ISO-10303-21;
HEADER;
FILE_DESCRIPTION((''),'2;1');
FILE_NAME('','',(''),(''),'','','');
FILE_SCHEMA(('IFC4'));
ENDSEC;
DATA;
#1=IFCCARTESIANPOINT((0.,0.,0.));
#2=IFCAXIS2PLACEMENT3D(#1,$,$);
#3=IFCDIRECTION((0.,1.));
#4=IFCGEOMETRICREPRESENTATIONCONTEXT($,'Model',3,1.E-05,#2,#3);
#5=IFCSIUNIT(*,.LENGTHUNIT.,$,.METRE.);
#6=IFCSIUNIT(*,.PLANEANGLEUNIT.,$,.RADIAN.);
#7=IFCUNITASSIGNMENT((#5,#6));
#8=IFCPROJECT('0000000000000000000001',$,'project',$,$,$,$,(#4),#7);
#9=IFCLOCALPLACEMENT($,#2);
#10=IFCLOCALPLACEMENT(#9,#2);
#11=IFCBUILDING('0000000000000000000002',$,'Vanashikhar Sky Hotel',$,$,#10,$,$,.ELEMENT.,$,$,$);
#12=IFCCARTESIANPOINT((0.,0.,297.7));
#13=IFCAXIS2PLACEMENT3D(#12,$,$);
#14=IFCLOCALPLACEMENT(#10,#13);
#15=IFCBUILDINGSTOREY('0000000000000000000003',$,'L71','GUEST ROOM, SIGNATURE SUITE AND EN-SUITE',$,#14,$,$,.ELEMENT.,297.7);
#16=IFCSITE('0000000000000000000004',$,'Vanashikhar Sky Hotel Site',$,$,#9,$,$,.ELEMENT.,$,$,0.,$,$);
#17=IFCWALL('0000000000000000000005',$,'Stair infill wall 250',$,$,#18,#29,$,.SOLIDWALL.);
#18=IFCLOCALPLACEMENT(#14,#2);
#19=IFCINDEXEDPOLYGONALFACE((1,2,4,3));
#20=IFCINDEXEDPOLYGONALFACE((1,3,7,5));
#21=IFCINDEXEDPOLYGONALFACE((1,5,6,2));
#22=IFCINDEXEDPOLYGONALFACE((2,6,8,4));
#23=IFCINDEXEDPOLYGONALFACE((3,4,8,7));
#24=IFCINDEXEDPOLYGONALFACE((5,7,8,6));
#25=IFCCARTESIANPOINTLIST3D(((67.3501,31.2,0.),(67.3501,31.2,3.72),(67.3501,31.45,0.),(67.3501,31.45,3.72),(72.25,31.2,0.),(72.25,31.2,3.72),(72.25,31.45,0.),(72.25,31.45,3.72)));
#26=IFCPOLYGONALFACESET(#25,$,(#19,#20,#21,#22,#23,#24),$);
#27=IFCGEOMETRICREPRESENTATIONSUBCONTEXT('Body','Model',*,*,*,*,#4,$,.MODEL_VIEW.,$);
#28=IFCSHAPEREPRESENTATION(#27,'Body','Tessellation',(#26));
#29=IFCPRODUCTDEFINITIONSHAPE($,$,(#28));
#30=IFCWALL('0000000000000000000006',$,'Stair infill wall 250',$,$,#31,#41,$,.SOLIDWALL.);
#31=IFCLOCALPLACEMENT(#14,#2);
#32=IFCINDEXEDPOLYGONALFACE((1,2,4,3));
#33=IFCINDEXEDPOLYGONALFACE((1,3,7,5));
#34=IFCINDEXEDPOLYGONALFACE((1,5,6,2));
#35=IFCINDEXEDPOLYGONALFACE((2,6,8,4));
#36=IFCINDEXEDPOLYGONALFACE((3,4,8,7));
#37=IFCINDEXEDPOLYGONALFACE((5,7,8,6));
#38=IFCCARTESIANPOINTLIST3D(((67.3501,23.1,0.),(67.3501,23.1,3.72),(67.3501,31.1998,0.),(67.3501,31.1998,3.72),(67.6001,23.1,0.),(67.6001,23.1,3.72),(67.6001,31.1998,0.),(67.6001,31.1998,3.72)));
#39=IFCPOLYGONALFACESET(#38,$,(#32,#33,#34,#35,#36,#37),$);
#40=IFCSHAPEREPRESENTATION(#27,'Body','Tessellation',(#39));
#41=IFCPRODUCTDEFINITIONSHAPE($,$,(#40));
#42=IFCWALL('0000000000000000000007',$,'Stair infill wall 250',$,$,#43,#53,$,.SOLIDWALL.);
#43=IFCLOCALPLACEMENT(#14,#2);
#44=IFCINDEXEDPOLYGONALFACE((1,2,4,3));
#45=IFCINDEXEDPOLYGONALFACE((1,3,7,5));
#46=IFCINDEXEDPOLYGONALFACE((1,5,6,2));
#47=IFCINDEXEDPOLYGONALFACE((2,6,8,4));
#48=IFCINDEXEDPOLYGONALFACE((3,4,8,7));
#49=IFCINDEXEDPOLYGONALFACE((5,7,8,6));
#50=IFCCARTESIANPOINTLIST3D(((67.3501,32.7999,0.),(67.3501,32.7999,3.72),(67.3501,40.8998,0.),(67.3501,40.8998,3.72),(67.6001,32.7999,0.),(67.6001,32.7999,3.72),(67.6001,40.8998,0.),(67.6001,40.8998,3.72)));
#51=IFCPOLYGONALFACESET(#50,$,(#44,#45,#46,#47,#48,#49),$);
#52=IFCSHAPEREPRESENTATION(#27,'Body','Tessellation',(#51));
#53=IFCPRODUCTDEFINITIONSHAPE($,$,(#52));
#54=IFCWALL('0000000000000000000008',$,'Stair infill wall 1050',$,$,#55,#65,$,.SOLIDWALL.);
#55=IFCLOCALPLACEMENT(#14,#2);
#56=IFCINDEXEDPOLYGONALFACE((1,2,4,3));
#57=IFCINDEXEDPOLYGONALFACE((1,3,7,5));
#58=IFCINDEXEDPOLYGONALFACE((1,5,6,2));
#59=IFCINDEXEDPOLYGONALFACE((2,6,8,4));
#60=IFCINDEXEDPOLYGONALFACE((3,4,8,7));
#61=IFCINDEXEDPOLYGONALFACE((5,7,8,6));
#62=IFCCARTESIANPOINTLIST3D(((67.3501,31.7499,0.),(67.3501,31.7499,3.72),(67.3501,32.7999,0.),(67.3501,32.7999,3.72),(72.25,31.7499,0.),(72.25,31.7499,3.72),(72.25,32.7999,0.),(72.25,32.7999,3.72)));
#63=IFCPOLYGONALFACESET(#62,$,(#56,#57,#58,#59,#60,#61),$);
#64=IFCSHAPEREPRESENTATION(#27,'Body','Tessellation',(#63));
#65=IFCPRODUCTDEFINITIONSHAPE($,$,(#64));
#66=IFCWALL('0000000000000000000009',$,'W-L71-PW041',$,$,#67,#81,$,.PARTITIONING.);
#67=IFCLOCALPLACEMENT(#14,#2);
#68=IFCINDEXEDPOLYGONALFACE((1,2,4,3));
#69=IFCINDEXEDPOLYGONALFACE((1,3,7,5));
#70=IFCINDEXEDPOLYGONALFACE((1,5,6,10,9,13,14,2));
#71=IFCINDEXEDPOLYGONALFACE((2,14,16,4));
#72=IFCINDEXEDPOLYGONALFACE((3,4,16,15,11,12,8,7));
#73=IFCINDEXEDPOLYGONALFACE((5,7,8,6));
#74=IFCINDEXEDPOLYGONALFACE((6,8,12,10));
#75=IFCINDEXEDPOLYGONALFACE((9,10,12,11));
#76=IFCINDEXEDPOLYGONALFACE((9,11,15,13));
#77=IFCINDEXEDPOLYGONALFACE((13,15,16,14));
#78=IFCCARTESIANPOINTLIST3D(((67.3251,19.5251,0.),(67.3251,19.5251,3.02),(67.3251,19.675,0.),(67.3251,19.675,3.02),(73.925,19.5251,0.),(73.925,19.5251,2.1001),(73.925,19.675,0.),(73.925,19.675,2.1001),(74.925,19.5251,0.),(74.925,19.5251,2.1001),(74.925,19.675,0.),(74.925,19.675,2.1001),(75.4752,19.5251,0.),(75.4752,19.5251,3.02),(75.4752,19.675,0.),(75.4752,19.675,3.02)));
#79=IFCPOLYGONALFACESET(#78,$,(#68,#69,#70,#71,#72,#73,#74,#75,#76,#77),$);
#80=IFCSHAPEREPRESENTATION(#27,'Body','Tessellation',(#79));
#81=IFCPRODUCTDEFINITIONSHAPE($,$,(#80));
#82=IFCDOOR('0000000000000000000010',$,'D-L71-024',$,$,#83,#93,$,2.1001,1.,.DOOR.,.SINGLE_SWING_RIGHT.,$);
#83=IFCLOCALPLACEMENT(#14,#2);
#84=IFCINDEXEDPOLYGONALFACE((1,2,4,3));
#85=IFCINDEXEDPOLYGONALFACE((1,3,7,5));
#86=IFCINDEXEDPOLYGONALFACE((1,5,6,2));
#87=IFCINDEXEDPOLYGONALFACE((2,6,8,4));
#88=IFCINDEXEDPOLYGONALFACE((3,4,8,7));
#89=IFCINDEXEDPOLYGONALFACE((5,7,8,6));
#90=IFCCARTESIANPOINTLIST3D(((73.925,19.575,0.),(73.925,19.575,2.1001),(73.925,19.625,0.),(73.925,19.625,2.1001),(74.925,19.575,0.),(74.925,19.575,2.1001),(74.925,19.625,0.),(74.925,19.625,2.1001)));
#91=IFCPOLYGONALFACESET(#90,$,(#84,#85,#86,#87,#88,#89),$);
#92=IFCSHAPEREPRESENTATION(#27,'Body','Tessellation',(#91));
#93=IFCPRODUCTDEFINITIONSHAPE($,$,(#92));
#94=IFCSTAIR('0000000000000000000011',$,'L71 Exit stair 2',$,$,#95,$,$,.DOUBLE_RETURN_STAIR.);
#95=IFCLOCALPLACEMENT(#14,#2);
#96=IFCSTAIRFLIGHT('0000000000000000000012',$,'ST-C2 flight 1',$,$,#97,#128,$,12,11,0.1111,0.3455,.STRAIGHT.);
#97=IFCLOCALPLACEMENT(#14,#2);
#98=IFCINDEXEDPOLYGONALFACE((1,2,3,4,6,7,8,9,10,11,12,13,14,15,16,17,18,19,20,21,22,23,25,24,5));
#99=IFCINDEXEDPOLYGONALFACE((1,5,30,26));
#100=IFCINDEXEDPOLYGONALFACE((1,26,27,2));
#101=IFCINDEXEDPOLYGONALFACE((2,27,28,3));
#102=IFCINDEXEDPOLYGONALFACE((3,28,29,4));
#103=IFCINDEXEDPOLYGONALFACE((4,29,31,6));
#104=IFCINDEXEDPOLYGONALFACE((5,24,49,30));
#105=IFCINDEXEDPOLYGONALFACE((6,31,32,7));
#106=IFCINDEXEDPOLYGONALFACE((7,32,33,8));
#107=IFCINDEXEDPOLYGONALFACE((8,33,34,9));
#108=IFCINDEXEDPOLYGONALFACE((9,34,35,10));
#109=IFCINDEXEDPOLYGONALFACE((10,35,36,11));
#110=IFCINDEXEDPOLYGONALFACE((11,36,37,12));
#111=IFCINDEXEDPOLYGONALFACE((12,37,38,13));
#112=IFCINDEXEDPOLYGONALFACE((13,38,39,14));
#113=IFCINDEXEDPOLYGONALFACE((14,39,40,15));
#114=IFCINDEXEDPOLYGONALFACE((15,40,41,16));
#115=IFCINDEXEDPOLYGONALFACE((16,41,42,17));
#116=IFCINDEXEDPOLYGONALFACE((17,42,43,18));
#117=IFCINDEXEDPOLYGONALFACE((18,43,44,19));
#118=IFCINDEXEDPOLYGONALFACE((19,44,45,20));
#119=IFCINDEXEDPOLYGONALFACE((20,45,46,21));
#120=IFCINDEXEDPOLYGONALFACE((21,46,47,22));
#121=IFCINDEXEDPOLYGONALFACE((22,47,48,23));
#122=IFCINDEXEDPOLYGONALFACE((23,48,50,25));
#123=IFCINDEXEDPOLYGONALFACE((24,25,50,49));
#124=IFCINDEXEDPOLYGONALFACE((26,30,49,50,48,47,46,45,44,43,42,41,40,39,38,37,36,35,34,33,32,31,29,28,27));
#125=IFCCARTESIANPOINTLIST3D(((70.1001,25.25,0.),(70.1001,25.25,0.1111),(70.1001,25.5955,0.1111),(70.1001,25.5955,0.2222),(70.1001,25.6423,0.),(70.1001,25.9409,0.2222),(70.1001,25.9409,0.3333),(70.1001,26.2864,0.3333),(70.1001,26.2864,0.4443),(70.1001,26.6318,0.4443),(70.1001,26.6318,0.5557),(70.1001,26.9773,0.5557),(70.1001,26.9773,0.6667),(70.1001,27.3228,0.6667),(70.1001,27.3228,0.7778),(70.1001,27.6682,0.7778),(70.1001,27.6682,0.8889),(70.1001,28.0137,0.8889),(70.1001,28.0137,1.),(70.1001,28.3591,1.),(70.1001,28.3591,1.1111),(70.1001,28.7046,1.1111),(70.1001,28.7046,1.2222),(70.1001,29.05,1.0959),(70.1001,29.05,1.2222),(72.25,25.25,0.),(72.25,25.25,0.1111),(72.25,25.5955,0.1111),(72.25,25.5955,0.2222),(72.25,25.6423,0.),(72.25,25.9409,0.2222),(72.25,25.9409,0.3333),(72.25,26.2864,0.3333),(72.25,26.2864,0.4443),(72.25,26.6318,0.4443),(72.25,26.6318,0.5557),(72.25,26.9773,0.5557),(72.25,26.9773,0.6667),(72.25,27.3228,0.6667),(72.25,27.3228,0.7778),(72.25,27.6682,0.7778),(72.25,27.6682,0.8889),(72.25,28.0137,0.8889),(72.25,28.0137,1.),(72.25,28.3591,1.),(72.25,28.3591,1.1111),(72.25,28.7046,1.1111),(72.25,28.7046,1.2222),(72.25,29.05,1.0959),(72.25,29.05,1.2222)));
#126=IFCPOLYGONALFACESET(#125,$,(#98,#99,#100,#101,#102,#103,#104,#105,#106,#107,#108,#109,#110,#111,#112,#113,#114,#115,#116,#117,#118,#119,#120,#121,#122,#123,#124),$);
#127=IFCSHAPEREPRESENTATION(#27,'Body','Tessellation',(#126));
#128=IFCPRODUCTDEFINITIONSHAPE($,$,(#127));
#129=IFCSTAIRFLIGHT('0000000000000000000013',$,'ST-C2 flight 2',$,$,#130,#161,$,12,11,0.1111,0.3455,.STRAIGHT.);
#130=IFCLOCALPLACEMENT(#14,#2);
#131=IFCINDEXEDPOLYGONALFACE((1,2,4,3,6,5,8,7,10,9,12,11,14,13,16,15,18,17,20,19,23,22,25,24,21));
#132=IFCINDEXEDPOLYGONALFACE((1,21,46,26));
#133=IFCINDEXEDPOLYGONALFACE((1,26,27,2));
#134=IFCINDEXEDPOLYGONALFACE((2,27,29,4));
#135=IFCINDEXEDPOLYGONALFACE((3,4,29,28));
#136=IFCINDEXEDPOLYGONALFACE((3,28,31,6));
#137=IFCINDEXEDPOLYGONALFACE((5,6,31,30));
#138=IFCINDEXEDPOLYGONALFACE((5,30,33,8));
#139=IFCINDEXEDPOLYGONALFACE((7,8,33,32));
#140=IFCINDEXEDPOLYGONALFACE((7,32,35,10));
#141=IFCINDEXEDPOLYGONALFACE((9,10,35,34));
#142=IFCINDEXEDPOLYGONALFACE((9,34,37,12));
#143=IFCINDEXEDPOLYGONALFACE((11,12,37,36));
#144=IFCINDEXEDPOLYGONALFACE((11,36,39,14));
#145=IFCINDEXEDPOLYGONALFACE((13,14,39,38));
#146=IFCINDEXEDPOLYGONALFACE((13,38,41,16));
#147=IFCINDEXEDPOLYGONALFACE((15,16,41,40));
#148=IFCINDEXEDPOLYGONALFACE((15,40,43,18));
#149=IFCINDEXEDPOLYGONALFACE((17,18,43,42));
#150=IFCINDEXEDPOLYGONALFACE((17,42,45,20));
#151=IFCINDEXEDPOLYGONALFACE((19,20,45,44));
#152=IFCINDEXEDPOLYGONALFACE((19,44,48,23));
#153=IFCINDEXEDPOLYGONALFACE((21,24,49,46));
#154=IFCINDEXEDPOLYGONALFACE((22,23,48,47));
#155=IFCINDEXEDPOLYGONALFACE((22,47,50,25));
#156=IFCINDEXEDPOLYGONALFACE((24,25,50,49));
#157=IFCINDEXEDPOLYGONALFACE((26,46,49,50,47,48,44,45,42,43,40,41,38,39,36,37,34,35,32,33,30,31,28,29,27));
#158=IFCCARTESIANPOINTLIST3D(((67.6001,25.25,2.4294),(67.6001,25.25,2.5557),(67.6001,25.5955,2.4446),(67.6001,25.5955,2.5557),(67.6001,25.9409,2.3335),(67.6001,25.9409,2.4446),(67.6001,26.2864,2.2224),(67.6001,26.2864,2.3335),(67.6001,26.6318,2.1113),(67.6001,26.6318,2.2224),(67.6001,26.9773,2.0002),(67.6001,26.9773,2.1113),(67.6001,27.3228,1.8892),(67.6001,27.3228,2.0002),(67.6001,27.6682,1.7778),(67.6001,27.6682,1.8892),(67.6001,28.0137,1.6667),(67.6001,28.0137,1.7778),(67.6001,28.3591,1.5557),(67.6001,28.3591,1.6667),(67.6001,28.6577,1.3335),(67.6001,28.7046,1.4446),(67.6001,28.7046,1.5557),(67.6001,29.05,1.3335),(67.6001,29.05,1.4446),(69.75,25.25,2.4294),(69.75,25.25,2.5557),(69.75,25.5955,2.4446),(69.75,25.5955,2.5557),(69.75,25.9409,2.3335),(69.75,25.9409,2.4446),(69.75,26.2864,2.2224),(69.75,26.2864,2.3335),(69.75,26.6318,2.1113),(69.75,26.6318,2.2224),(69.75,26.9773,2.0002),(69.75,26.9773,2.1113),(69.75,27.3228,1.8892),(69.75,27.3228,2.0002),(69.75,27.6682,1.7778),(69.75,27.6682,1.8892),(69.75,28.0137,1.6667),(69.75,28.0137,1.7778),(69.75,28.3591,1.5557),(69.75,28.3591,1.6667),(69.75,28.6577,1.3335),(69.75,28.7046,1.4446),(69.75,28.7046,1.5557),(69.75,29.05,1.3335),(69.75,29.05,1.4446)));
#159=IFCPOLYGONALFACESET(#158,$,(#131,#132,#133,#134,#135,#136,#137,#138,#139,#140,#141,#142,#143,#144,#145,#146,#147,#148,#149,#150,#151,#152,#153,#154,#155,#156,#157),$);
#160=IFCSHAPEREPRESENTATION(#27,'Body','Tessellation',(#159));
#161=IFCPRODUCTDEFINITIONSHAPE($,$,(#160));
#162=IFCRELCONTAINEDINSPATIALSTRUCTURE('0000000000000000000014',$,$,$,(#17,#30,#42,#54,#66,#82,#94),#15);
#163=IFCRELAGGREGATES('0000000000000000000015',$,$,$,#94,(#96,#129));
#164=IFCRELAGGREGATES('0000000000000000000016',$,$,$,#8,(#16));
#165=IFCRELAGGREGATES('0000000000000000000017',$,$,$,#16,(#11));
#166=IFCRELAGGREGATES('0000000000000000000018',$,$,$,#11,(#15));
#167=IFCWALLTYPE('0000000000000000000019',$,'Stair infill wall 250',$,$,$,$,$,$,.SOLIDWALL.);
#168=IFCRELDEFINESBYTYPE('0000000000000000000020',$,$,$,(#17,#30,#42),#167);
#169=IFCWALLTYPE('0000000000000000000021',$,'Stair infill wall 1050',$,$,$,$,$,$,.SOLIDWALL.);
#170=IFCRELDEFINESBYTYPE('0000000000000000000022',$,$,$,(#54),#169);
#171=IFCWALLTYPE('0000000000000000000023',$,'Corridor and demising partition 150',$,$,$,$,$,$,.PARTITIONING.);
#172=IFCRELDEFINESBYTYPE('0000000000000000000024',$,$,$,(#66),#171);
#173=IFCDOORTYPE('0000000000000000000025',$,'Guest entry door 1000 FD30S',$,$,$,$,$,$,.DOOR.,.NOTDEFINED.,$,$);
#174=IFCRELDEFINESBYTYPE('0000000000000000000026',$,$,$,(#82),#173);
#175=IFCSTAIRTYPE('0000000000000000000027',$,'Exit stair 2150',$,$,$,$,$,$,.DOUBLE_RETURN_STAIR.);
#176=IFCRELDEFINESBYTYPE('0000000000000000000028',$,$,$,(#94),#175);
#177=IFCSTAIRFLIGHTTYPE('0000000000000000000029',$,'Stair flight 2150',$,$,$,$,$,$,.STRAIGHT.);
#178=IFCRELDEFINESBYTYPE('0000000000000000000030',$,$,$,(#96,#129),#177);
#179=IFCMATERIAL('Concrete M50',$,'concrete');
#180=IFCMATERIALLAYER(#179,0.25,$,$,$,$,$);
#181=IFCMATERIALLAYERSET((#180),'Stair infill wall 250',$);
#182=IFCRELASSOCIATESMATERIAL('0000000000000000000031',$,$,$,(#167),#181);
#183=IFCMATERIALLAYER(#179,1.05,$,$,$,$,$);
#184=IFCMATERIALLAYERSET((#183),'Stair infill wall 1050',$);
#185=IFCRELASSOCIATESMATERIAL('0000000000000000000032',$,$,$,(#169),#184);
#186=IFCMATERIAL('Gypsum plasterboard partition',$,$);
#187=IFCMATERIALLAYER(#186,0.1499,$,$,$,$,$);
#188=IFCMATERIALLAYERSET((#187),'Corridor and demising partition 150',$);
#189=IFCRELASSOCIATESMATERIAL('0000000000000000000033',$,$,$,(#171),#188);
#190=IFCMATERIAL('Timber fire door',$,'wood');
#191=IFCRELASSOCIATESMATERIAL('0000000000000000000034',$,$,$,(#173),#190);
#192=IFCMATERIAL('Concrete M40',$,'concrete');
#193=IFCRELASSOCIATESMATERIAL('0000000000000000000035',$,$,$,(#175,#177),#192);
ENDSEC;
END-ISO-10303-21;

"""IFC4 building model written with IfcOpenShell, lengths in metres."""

from ifc_helpers import new_model, si_unit, direction, frame, frame_2d, origin, place, context, subcontext, project, spatial, polyline, rectangle, outline, extrude, source, transform, mapped, material, layer, layer_set, type_object, element, fill, aggregate, save


model = new_model("IFC4")

# Units and contexts
model_context = context("Model", 3, precision=1e-05, world=origin(), true_north=direction((0.0, 1.0)))
body_context = subcontext(model_context, "Body", "Model", "MODEL_VIEW")
ifc_project = project(units=[si_unit("LENGTHUNIT", "METRE"), si_unit("PLANEANGLEUNIT", "RADIAN")], contexts=[model_context])

# Site, building, storey
site_placement = place(None, origin())
site = spatial("IfcSite", under=ifc_project, at=site_placement, Name="Vanashikhar Sky Hotel Site", CompositionType="ELEMENT", RefElevation=0.0)
building_placement = place(site_placement, origin())
building = spatial("IfcBuilding", under=site, at=building_placement, Name="Vanashikhar Sky Hotel", CompositionType="ELEMENT")
storey_placement = place(building_placement, frame((0.0, 0.0, 297.7)))
storey = spatial("IfcBuildingStorey", under=building, at=storey_placement, Name="L71", Description="GUEST ROOM, SIGNATURE SUITE AND EN-SUITE", CompositionType="ELEMENT", Elevation=297.7)

# Shared definitions
ifc_material_1 = material(Name="Concrete M50", Category="concrete")

# Walls
ifc_layer_1 = layer(ifc_material_1, 0.25)
ifc_layer_set_1 = layer_set([ifc_layer_1], Name="Stair infill wall 250")
wall_type_1 = type_object("IfcWallType", Name="Stair infill wall 250", PredefinedType="SOLIDWALL", material=ifc_layer_set_1)
shared_shape_1 = source(origin(), body_context, "Body", "SweptSolid", [
    extrude(rectangle(XDim=4.8999, YDim=0.25, at=frame_2d((2.45, 0.0))), origin(), (0.0, 0.0, 1.0), 3.72),
])
wall_1_placement = place(storey_placement, frame((67.3501, 31.325, 0.0), z_axis=(0.0, 0.0, 1.0), x_axis=(1.0, 0.0, 0.0)))
element("IfcWall", 1, at=wall_1_placement, inside=storey, type_object=wall_type_1, Name="Stair infill wall 250", PredefinedType="SOLIDWALL", context=body_context, shape_type="MappedRepresentation", body=[
    mapped(shared_shape_1, transform((0.0, 0.0, 0.0), scale=1.0)),
])
shared_shape_2 = source(origin(), body_context, "Body", "SweptSolid", [
    extrude(rectangle(XDim=8.0999, YDim=0.25, at=frame_2d((4.0498, 0.0))), origin(), (0.0, 0.0, 1.0), 3.72),
])
for number, where, z_axis, x_axis, name in (
    (2, (67.4751, 23.1001, 0.0), (0.0, 0.0, 1.0), (0.0, 1.0, 0.0), "Stair infill wall 250"),
    (3, (67.4751, 32.8, 0.0), (0.0, 0.0, 1.0), (0.0, 1.0, 0.0), "Stair infill wall 250"),
):
    element("IfcWall", number, at=place(storey_placement, frame(where, z_axis=z_axis, x_axis=x_axis)), inside=storey, type_object=wall_type_1, Name=name, PredefinedType="SOLIDWALL", context=body_context, shape_type="MappedRepresentation", body=[
        mapped(shared_shape_2, transform((0.0, 0.0, 0.0), scale=1.0)),
    ])
ifc_layer_2 = layer(ifc_material_1, 1.05)
ifc_layer_set_2 = layer_set([ifc_layer_2], Name="Stair infill wall 1050")
wall_type_2 = type_object("IfcWallType", Name="Stair infill wall 1050", PredefinedType="SOLIDWALL", material=ifc_layer_set_2)
shared_shape_3 = source(origin(), body_context, "Body", "SweptSolid", [
    extrude(rectangle(XDim=4.8999, YDim=1.05, at=frame_2d((2.45, 0.0))), origin(), (0.0, 0.0, 1.0), 3.72),
])
wall_2_placement = place(storey_placement, frame((67.3501, 32.2749, 0.0), z_axis=(0.0, 0.0, 1.0), x_axis=(1.0, 0.0, 0.0)))
element("IfcWall", 4, at=wall_2_placement, inside=storey, type_object=wall_type_2, Name="Stair infill wall 1050", PredefinedType="SOLIDWALL", context=body_context, shape_type="MappedRepresentation", body=[
    mapped(shared_shape_3, transform((0.0, 0.0, 0.0), scale=1.0)),
])

# Wall, opening, door
ifc_material_2 = material(Name="Gypsum plasterboard partition")
ifc_layer_3 = layer(ifc_material_2, 0.1499)
ifc_layer_set_3 = layer_set([ifc_layer_3], Name="Corridor and demising partition 150")
wall_type_3 = type_object("IfcWallType", Name="Corridor and demising partition 150", PredefinedType="PARTITIONING", material=ifc_layer_set_3)
shared_shape_4 = source(origin(), body_context, "Body", "SweptSolid", [
    extrude(rectangle(XDim=8.1501, YDim=0.1499, at=frame_2d((4.0752, 0.0))), origin(), (0.0, 0.0, 1.0), 3.02),
])
wall_3_placement = place(storey_placement, frame((67.325, 19.6001, 0.0), z_axis=(0.0, 0.0, 1.0), x_axis=(1.0, 0.0, 0.0)))
wall_3 = element("IfcWall", 5, at=wall_3_placement, inside=storey, type_object=wall_type_3, Name="W-L71-PW041", PredefinedType="PARTITIONING", context=body_context, shape_type="MappedRepresentation", body=[
    mapped(shared_shape_4, transform((0.0, 0.0, 0.0), scale=1.0)),
])
shared_shape_5 = source(origin(), body_context, "Body", "SweptSolid", [
    extrude(rectangle(XDim=1.0, YDim=2.1001, at=frame_2d((0.5, 1.05))), frame((0.0, 0.085, 0.0), z_axis=(0.0, -1.0, 0.0), x_axis=(1.0, 0.0, 0.0)), (0.0, 0.0, 1.0), 0.1699),
])
opening_1_placement = place(wall_3_placement, frame((6.6001, 0.0, 0.0)))
opening_1 = element("IfcOpeningElement", 6, at=opening_1_placement, cuts=wall_3, PredefinedType="OPENING", context=body_context, shape_type="MappedRepresentation", body=[
    mapped(shared_shape_5, transform((0.0, 0.0, 0.0), scale=1.0)),
])
ifc_material_3 = material(Name="Timber fire door", Category="wood")
door_type_1 = type_object("IfcDoorType", Name="Guest entry door 1000 FD30S", OperationType="NOTDEFINED", PredefinedType="DOOR", material=ifc_material_3)
shared_shape_6 = source(origin(), body_context, "Body", "SweptSolid", [
    extrude(rectangle(XDim=1.0, YDim=2.1001, at=frame_2d((0.5, 1.05))), frame((0.0, 0.0249, 0.0), z_axis=(0.0, -1.0, 0.0), x_axis=(1.0, 0.0, 0.0)), (0.0, 0.0, 1.0), 0.05),
])
door_1_placement = place(opening_1_placement, origin())
door_1 = element("IfcDoor", 7, at=door_1_placement, inside=storey, type_object=door_type_1, Name="D-L71-024", OperationType="SINGLE_SWING_RIGHT", OverallHeight=2.1001, OverallWidth=1.0, PredefinedType="DOOR", context=body_context, shape_type="MappedRepresentation", body=[
    mapped(shared_shape_6, transform((0.0, 0.0, 0.0), scale=1.0)),
])
fill(opening_1, door_1)

# Stair, stair flights
ifc_material_4 = material(Name="Concrete M40", Category="concrete")
stair_type = type_object("IfcStairType", Name="Exit stair 2150", PredefinedType="DOUBLE_RETURN_STAIR", material=ifc_material_4)
stair_1_placement = place(storey_placement, origin())
stair_1 = element("IfcStair", 8, at=stair_1_placement, inside=storey, type_object=stair_type, Name="L71 Exit stair 2", PredefinedType="DOUBLE_RETURN_STAIR")
stair_flight_type = type_object("IfcStairFlightType", Name="Stair flight 2150", PredefinedType="STRAIGHT", material=ifc_material_4)
shared_shape_7 = source(origin(), body_context, "Body", "SweptSolid", [
    extrude(outline(polyline([(0.0, 0.0), (0.0, 0.1111), (0.3455, 0.1111), (0.3455, 0.2222), (0.6909, 0.2222), (0.6909, 0.3333), (1.0364, 0.3333), (1.0364, 0.4443), (1.3818, 0.4443), (1.3818, 0.5557), (1.7273, 0.5557), (1.7273, 0.6667), (2.0728, 0.6667), (2.0728, 0.7778), (2.4182, 0.7778), (2.4182, 0.8889), (2.7637, 0.8889), (2.7637, 1.0), (3.1091, 1.0), (3.1091, 1.1111), (3.4546, 1.1111), (3.4546, 1.2222), (3.8, 1.2222), (3.8, 1.3333), (3.8, 1.0959), (0.3923, 0.0), (0.0, 0.0)])), frame((0.0, 1.075, 0.0), z_axis=(0.0, -1.0, 0.0), x_axis=(1.0, 0.0, 0.0)), (0.0, 0.0, 1.0), 2.1499),
])
stair_flight_1_placement = place(storey_placement, frame((71.175, 25.25, 0.0), z_axis=(0.0, 0.0, 1.0), x_axis=(0.0, 1.0, 0.0)))
stair_flight_1 = element("IfcStairFlight", 9, at=stair_flight_1_placement, type_object=stair_flight_type, Name="ST-C2 flight 1", NumberOfRisers=12, NumberOfTreads=11, PredefinedType="STRAIGHT", RiserHeight=0.1111, TreadLength=0.3455, context=body_context, shape_type="MappedRepresentation", body=[
    mapped(shared_shape_7, transform((0.0, 0.0, 0.0), scale=1.0)),
])
stair_flight_2_placement = place(storey_placement, frame((68.675, 29.05, 1.3335), z_axis=(0.0, 0.0, 1.0), x_axis=(0.0, -1.0, 0.0)))
stair_flight_2 = element("IfcStairFlight", 10, at=stair_flight_2_placement, type_object=stair_flight_type, Name="ST-C2 flight 2", NumberOfRisers=12, NumberOfTreads=11, PredefinedType="STRAIGHT", RiserHeight=0.1111, TreadLength=0.3455, context=body_context, shape_type="MappedRepresentation", body=[
    mapped(shared_shape_7, transform((0.0, 0.0, 0.0), scale=1.0)),
])
aggregate(stair_1, [stair_flight_1, stair_flight_2])

save(model, "model.ifc")
